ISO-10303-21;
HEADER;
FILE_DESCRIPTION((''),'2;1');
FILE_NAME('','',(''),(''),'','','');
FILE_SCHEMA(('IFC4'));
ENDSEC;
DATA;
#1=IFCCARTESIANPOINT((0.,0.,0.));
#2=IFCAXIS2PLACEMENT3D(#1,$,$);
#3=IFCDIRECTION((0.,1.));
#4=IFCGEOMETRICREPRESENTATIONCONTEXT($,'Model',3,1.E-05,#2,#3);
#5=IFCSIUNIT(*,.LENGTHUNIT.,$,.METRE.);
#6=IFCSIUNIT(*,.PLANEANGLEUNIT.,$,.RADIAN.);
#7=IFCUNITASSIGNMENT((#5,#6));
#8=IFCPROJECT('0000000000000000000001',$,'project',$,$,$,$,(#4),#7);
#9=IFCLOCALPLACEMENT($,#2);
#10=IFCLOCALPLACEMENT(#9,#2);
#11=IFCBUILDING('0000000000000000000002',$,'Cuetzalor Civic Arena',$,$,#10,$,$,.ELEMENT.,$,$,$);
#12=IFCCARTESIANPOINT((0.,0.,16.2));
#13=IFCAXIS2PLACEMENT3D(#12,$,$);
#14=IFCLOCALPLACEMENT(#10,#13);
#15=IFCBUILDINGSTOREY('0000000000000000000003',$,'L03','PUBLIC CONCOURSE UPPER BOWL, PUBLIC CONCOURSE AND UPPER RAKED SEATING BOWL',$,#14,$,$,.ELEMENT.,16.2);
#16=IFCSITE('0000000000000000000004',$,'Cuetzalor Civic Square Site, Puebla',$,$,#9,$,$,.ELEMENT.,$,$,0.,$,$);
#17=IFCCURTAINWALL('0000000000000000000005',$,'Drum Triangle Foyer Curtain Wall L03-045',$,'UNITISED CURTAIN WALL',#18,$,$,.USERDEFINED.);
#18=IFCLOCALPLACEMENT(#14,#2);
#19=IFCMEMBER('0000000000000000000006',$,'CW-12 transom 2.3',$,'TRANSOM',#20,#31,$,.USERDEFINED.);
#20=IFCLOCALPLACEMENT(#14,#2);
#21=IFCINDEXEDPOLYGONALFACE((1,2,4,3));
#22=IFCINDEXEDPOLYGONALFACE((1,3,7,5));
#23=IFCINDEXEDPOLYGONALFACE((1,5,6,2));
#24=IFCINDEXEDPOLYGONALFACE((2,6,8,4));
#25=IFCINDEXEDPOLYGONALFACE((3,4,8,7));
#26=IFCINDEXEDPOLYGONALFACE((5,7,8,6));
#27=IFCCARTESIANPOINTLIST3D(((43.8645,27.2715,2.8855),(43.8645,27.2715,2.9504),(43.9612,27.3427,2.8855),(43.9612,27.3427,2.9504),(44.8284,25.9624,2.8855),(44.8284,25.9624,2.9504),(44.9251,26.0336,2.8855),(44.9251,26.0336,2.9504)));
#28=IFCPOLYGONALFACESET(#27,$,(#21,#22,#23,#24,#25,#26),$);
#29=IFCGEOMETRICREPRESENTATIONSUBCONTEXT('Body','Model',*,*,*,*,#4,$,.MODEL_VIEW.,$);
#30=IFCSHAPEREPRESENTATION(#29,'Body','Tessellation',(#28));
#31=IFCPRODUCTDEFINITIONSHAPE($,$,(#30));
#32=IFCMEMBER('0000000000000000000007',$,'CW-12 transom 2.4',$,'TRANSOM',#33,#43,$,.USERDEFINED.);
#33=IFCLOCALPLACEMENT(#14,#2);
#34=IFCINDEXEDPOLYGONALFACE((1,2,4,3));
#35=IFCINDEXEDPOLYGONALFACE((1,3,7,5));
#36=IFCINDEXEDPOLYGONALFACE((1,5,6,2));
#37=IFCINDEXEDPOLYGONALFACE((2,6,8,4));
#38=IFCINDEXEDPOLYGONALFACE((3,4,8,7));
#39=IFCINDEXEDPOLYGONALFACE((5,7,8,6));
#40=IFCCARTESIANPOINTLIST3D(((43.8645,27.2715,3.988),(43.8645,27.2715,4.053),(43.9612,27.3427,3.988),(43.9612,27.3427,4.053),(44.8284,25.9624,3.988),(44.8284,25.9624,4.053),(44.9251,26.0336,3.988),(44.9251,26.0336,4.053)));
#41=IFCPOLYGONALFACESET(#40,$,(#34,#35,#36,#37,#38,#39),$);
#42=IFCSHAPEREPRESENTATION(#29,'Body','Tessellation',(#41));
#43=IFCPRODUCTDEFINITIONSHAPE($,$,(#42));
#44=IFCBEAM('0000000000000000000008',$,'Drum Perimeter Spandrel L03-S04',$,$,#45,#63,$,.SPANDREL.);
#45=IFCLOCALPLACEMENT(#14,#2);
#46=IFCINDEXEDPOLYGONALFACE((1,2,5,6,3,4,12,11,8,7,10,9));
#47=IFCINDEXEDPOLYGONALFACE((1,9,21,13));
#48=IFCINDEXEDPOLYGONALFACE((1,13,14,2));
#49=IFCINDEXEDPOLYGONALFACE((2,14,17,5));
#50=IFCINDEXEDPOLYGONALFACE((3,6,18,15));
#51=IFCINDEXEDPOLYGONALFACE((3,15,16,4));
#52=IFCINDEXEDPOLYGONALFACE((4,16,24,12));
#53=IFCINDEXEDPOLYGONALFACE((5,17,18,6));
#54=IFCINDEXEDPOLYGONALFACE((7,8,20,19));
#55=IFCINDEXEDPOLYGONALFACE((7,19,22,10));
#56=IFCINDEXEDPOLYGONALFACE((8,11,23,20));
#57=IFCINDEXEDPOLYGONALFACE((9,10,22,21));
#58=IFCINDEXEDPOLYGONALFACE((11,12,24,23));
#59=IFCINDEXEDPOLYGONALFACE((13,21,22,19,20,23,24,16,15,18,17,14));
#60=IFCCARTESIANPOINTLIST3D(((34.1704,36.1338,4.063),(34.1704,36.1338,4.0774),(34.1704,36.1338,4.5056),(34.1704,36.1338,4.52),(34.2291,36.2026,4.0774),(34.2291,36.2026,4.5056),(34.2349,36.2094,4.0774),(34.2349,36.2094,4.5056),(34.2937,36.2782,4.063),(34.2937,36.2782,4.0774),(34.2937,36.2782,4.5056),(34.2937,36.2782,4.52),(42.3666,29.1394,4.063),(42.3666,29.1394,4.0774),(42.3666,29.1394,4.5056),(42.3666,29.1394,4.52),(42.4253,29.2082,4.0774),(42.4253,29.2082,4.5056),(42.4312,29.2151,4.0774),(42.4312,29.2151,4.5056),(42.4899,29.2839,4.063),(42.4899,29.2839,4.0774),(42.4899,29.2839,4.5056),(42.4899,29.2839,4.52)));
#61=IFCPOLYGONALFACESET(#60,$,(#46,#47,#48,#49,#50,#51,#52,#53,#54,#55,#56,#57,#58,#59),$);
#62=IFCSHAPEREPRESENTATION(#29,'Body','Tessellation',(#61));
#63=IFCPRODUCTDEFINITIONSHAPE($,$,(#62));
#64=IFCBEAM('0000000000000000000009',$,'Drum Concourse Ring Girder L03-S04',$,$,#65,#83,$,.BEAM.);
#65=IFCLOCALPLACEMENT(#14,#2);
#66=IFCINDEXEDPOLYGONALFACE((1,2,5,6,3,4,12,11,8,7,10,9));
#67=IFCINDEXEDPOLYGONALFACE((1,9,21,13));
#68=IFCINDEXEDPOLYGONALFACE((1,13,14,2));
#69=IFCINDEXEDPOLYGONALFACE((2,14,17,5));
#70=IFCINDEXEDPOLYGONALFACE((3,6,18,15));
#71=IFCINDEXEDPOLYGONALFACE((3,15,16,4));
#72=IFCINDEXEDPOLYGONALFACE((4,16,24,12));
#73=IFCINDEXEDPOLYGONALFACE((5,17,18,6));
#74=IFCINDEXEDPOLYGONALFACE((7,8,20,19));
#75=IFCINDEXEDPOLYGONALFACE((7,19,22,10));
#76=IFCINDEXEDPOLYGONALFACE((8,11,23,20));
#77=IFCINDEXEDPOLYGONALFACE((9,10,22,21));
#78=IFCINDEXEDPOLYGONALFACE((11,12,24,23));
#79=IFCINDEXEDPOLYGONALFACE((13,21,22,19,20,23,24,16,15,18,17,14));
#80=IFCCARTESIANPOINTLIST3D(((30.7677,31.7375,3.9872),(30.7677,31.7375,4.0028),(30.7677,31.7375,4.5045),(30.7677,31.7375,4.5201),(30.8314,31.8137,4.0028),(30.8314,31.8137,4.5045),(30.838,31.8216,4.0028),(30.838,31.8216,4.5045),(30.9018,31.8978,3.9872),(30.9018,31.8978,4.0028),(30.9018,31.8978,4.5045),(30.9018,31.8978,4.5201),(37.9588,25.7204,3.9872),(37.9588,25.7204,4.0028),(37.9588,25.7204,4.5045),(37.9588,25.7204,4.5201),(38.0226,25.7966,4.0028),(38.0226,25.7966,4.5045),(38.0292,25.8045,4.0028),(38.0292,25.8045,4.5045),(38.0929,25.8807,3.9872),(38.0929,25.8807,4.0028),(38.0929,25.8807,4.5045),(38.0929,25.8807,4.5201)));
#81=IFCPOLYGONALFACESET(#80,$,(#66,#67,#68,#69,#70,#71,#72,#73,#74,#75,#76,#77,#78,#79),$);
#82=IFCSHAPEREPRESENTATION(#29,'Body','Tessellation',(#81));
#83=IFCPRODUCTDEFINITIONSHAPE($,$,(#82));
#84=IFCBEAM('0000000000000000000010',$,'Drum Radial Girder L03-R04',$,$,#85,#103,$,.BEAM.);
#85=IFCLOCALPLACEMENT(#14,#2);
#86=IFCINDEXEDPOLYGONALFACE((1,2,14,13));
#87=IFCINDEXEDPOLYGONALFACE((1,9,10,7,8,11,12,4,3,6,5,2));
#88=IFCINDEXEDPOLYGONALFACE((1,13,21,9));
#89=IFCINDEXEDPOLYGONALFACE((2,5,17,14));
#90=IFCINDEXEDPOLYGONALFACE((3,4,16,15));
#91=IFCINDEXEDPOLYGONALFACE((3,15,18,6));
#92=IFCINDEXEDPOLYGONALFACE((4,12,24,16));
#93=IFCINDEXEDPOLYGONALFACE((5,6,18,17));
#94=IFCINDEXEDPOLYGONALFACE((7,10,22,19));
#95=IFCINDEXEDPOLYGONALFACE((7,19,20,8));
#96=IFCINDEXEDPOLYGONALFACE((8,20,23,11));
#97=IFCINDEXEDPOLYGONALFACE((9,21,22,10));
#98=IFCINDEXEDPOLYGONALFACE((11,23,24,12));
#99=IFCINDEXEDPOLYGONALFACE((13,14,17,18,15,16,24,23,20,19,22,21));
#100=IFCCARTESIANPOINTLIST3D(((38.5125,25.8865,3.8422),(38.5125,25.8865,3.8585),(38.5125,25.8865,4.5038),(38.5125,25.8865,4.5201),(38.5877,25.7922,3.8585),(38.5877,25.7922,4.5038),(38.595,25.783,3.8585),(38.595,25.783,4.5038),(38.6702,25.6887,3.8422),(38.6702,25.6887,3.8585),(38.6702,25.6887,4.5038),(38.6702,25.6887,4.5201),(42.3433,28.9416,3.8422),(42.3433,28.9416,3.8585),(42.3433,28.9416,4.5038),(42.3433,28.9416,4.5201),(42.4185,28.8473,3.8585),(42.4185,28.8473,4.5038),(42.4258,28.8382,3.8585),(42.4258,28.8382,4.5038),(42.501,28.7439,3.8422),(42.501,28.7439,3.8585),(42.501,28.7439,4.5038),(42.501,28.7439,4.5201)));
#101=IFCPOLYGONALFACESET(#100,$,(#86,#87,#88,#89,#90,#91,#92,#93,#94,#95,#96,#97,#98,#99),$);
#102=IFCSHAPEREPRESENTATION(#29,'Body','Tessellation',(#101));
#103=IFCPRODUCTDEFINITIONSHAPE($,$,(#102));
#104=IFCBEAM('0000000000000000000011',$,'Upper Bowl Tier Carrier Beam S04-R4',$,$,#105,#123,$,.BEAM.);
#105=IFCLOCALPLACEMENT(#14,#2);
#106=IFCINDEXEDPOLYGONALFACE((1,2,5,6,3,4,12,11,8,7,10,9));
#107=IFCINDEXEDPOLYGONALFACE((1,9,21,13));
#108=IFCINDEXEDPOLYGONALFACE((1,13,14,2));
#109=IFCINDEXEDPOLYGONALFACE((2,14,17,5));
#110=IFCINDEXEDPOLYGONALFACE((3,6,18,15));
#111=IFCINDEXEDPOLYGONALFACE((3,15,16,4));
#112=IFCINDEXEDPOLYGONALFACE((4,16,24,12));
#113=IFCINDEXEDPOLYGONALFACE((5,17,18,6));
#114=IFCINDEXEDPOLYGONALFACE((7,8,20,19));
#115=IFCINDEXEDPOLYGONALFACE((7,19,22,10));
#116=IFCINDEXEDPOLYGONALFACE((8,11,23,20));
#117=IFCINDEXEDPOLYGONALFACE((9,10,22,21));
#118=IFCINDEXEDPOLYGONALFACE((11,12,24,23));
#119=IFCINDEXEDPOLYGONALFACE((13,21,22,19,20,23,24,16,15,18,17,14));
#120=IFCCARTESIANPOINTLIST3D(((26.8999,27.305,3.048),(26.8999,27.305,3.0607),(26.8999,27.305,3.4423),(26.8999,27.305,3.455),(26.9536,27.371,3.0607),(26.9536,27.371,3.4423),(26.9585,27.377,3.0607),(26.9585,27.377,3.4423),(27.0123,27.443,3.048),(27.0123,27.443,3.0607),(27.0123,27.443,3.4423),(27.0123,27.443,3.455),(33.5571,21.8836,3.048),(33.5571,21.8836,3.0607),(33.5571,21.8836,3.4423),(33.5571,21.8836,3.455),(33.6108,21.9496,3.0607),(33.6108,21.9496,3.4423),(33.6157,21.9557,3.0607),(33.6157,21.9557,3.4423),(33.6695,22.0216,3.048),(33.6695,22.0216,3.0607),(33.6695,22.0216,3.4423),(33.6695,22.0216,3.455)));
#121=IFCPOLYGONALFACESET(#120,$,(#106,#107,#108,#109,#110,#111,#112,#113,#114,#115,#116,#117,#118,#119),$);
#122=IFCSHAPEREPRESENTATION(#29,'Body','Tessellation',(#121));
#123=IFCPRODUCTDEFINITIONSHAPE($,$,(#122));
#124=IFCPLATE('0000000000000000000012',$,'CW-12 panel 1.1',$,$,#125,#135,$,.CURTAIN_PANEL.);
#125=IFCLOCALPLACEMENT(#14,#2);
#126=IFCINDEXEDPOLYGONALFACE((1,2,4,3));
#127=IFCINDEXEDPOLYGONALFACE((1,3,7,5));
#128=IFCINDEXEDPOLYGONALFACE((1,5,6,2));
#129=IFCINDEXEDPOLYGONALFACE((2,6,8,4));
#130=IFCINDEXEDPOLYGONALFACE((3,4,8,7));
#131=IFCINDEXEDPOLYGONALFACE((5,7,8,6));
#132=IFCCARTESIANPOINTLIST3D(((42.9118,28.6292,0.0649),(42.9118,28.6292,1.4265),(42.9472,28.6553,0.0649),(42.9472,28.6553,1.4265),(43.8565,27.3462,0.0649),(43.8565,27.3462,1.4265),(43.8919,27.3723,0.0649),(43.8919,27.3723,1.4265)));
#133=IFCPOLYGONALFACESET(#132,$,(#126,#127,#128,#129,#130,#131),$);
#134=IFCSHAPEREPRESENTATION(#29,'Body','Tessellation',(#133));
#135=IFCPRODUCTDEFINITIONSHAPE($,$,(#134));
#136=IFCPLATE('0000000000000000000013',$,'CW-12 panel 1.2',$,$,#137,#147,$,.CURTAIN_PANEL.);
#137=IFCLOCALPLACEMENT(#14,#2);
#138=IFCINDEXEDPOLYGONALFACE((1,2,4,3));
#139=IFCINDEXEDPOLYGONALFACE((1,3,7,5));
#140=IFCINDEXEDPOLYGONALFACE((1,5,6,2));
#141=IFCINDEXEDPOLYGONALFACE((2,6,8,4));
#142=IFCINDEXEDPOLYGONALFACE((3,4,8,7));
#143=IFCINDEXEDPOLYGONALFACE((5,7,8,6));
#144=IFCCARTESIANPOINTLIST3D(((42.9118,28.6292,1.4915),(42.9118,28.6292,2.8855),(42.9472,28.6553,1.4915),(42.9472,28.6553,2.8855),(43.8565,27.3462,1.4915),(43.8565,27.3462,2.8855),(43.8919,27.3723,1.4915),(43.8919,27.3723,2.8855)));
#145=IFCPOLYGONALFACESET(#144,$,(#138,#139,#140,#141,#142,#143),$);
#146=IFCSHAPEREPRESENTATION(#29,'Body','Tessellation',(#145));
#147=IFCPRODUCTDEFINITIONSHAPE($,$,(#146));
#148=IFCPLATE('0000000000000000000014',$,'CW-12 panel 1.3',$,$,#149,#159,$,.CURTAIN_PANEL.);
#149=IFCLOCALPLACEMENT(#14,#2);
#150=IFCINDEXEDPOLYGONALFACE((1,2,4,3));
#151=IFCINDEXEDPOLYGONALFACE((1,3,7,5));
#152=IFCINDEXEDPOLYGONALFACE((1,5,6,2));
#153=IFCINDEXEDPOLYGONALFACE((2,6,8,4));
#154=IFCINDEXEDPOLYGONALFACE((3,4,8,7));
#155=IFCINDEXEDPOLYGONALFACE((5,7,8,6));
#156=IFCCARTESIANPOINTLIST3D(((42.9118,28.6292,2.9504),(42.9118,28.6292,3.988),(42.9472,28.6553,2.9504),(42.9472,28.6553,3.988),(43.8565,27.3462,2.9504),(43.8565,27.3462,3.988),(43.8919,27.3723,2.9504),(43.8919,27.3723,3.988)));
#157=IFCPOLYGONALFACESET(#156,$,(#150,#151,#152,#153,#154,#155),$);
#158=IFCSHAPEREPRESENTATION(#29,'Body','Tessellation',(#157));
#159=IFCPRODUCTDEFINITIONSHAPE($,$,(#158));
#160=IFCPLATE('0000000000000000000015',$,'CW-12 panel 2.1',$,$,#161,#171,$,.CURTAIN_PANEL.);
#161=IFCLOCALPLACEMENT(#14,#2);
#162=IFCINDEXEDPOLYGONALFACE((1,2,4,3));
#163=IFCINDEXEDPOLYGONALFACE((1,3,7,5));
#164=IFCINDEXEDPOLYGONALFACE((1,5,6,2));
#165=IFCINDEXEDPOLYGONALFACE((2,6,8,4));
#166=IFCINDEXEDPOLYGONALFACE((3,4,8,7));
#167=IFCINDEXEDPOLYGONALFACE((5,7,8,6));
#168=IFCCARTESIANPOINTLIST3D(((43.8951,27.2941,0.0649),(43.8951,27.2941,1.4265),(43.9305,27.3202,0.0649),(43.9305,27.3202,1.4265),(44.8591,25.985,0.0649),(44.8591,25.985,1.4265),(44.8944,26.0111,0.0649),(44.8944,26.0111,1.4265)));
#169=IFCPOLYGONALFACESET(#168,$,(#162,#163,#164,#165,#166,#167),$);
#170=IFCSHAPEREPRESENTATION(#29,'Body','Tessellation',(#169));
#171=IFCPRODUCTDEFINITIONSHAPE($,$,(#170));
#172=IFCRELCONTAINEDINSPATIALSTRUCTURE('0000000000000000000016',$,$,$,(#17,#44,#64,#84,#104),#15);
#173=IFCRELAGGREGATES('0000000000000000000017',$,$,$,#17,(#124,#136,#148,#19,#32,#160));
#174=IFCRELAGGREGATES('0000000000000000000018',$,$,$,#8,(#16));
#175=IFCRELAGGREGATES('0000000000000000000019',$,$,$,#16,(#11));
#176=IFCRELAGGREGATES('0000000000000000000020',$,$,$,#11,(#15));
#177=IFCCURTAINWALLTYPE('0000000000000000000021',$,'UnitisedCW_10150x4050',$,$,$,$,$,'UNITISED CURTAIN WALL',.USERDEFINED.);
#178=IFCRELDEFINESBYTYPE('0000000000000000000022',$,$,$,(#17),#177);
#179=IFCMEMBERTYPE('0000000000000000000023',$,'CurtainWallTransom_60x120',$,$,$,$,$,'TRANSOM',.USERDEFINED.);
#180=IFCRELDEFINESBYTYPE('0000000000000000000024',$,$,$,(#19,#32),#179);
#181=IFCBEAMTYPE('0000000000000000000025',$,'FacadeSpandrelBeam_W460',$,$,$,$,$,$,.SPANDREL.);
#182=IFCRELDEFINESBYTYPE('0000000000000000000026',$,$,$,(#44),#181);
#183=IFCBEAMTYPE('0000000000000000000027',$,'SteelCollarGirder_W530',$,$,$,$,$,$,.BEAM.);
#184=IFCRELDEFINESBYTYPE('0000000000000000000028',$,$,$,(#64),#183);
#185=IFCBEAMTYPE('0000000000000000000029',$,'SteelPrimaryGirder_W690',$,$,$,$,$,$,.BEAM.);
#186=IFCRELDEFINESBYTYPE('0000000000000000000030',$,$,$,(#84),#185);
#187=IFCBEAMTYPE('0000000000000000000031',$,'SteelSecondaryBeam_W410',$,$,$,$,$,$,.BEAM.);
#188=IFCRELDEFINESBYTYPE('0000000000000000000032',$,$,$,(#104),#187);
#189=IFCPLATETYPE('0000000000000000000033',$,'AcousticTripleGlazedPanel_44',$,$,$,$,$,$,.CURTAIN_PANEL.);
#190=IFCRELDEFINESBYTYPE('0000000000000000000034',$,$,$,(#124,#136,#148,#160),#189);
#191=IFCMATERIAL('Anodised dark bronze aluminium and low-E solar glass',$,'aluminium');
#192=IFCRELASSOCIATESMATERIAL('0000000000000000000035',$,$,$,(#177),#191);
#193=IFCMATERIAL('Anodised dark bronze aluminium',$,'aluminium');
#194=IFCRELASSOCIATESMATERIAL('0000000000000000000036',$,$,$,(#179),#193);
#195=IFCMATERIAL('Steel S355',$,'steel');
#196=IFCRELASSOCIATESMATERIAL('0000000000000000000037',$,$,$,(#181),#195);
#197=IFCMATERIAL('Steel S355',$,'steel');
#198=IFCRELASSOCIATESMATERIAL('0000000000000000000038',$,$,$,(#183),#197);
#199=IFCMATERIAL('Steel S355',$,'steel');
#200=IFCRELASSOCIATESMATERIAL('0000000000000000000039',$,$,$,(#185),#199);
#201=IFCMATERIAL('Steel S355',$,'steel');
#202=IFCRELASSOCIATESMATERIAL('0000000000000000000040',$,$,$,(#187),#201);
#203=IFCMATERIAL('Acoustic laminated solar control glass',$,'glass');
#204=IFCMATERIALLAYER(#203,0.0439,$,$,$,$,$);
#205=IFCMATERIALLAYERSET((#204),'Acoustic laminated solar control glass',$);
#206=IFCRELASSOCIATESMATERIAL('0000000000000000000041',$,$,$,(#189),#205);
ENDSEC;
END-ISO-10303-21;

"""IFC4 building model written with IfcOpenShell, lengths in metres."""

from ifc_helpers import new_model, si_unit, direction, frame, origin, origin_2d, place, context, subcontext, project, spatial, rectangle, i_section, extrude, material, layer, layer_set, material_profile, profile_set, type_object, element, aggregate, save


model = new_model("IFC4")

# Units and contexts
model_context = context("Model", 3, precision=1e-05, world=origin(), true_north=direction((0.0, 1.0)))
body_context = subcontext(model_context, "Body", "Model", "MODEL_VIEW")
ifc_project = project(units=[si_unit("LENGTHUNIT", "METRE"), si_unit("PLANEANGLEUNIT", "RADIAN")], contexts=[model_context])

# Site, building, storey
site_placement = place(None, origin())
site = spatial("IfcSite", under=ifc_project, at=site_placement, Name="Cuetzalor Civic Square Site, Puebla", CompositionType="ELEMENT", RefElevation=0.0)
building_placement = place(site_placement, origin())
building = spatial("IfcBuilding", under=site, at=building_placement, Name="Cuetzalor Civic Arena", CompositionType="ELEMENT")
storey_placement = place(building_placement, frame((0.0, 0.0, 16.2)))
storey = spatial("IfcBuildingStorey", under=building, at=storey_placement, Name="L03", Description="PUBLIC CONCOURSE UPPER BOWL, PUBLIC CONCOURSE AND UPPER RAKED SEATING BOWL", CompositionType="ELEMENT", Elevation=16.2)

# Curtain wall, members
ifc_material_1 = material(Name="Anodised dark bronze aluminium and low-E solar glass", Category="aluminium")
curtain_wall_type = type_object("IfcCurtainWallType", Name="UnitisedCW_10150x4050", ElementType="UNITISED CURTAIN WALL", PredefinedType="USERDEFINED", material=ifc_material_1)
curtain_wall_placement = place(storey_placement, origin())
curtain_wall = element("IfcCurtainWall", 1, at=curtain_wall_placement, inside=storey, type_object=curtain_wall_type, Name="Drum Triangle Foyer Curtain Wall L03-045", ObjectType="UNITISED CURTAIN WALL", PredefinedType="USERDEFINED")
ifc_material_2 = material(Name="Anodised dark bronze aluminium", Category="aluminium")
ifc_material_profile_1 = material_profile(ifc_material_2, rectangle(XDim=0.1201, YDim=0.0649, at=origin_2d()), Name="ALU TRANSOM 65x120")
ifc_profile_set_1 = profile_set([ifc_material_profile_1], Name="Anodised dark bronze aluminium")
member_type_1 = type_object("IfcMemberType", Name="CurtainWallTransom_60x120", ElementType="TRANSOM", PredefinedType="USERDEFINED", material=ifc_profile_set_1)
member_1_placement = place(storey_placement, frame((43.9128, 27.3071, 2.918), z_axis=(0.592912, -0.805267, 0.0), x_axis=(0.805267, 0.592912, 0.0)))
member_1 = element("IfcMember", 2, at=member_1_placement, type_object=member_type_1, Name="CW-12 transom 2.3", ObjectType="TRANSOM", PredefinedType="USERDEFINED", context=body_context, shape_type="SweptSolid", body=[
    extrude(rectangle(XDim=0.1201, YDim=0.0649, at=origin_2d()), origin(), (0.0, 0.0, 1.0), 1.6257),
])
member_2_placement = place(storey_placement, frame((43.9128, 27.3071, 4.0205), z_axis=(0.592912, -0.805267, 0.0), x_axis=(0.805267, 0.592912, 0.0)))
member_2 = element("IfcMember", 3, at=member_2_placement, type_object=member_type_1, Name="CW-12 transom 2.4", ObjectType="TRANSOM", PredefinedType="USERDEFINED", context=body_context, shape_type="SweptSolid", body=[
    extrude(rectangle(XDim=0.1201, YDim=0.0649, at=origin_2d()), origin(), (0.0, 0.0, 1.0), 1.6257),
])

# Beams
ifc_material_3 = material(Name="Steel S355", Category="steel")
ifc_material_profile_2 = material_profile(ifc_material_3, i_section(OverallWidth=0.1899, OverallDepth=0.457, WebThickness=0.009, FlangeThickness=0.0144, at=origin_2d()), Name="W460x74")
ifc_profile_set_2 = profile_set([ifc_material_profile_2], Name="Steel S355")
beam_type_1 = type_object("IfcBeamType", Name="FacadeSpandrelBeam_W460", PredefinedType="SPANDREL", material=ifc_profile_set_2)
beam_1_placement = place(storey_placement, frame((42.4282, 29.2117, 4.2915), z_axis=(-0.760677, 0.649131, 0.0), x_axis=(-0.649131, -0.760677, 0.0)))
element("IfcBeam", 4, at=beam_1_placement, inside=storey, type_object=beam_type_1, Name="Drum Perimeter Spandrel L03-S04", PredefinedType="SPANDREL", context=body_context, shape_type="SweptSolid", body=[
    extrude(i_section(OverallWidth=0.1899, OverallDepth=0.457, WebThickness=0.009, FlangeThickness=0.0144, at=origin_2d()), origin(), (0.0, 0.0, 1.0), 10.7749),
])
ifc_material_4 = material(Name="Steel S355", Category="steel")
ifc_material_profile_3 = material_profile(ifc_material_4, i_section(OverallWidth=0.209, OverallDepth=0.533, WebThickness=0.0103, FlangeThickness=0.0156, at=origin_2d()), Name="W530x92")
ifc_profile_set_3 = profile_set([ifc_material_profile_3], Name="Steel S355")
beam_type_2 = type_object("IfcBeamType", Name="SteelCollarGirder_W530", PredefinedType="BEAM", material=ifc_profile_set_3)
beam_2_placement = place(storey_placement, frame((38.0259, 25.8005, 4.2537), z_axis=(-0.766937, 0.641722, 0.0), x_axis=(-0.641722, -0.766937, 0.0)))
element("IfcBeam", 5, at=beam_2_placement, inside=storey, type_object=beam_type_2, Name="Drum Concourse Ring Girder L03-S04", PredefinedType="BEAM", context=body_context, shape_type="SweptSolid", body=[
    extrude(i_section(OverallWidth=0.209, OverallDepth=0.533, WebThickness=0.0103, FlangeThickness=0.0156, at=origin_2d()), origin(), (0.0, 0.0, 1.0), 9.3765),
])
ifc_material_5 = material(Name="Steel S355", Category="steel")
ifc_material_profile_4 = material_profile(ifc_material_5, i_section(OverallWidth=0.2529, OverallDepth=0.678, WebThickness=0.0117, FlangeThickness=0.0164, at=origin_2d()), Name="W690x125")
ifc_profile_set_4 = profile_set([ifc_material_profile_4], Name="Steel S355")
beam_type_3 = type_object("IfcBeamType", Name="SteelPrimaryGirder_W690", PredefinedType="BEAM", material=ifc_profile_set_4)
beam_3_placement = place(storey_placement, frame((38.5913, 25.7876, 4.1812), z_axis=(0.781811, 0.623516, 0.0), x_axis=(-0.623516, 0.781811, 0.0)))
element("IfcBeam", 6, at=beam_3_placement, inside=storey, type_object=beam_type_3, Name="Drum Radial Girder L03-R04", PredefinedType="BEAM", context=body_context, shape_type="SweptSolid", body=[
    extrude(i_section(OverallWidth=0.2529, OverallDepth=0.678, WebThickness=0.0117, FlangeThickness=0.0164, at=origin_2d()), origin(), (0.0, 0.0, 1.0), 4.8999),
])
ifc_material_6 = material(Name="Steel S355", Category="steel")
ifc_material_profile_5 = material_profile(ifc_material_6, i_section(OverallWidth=0.178, OverallDepth=0.407, WebThickness=0.0078, FlangeThickness=0.0127, at=origin_2d()), Name="W410x60")
ifc_profile_set_5 = profile_set([ifc_material_profile_5], Name="Steel S355")
beam_type_4 = type_object("IfcBeamType", Name="SteelSecondaryBeam_W410", PredefinedType="BEAM", material=ifc_profile_set_5)
beam_4_placement = place(storey_placement, frame((33.6133, 21.9526, 3.2515), z_axis=(-0.775407, 0.631462, 0.0), x_axis=(-0.631462, -0.775407, 0.0)))
element("IfcBeam", 7, at=beam_4_placement, inside=storey, type_object=beam_type_4, Name="Upper Bowl Tier Carrier Beam S04-R4", PredefinedType="BEAM", context=body_context, shape_type="SweptSolid", body=[
    extrude(i_section(OverallWidth=0.178, OverallDepth=0.407, WebThickness=0.0078, FlangeThickness=0.0127, at=origin_2d()), origin(), (0.0, 0.0, 1.0), 8.5854),
])

# Plates
ifc_material_7 = material(Name="Acoustic laminated solar control glass", Category="glass")
ifc_layer_1 = layer(ifc_material_7, 0.0439)
ifc_layer_set_1 = layer_set([ifc_layer_1], Name="Acoustic laminated solar control glass")
plate_type = type_object("IfcPlateType", Name="AcousticTripleGlazedPanel_44", PredefinedType="CURTAIN_PANEL", material=ifc_layer_set_1)
plate_1_placement = place(storey_placement, frame((43.4019, 28.0007, 0.0649), z_axis=(0.0, 0.0, 1.0), x_axis=(0.592929, -0.805255, 0.0)))
plate_1 = element("IfcPlate", 8, at=plate_1_placement, type_object=plate_type, Name="CW-12 panel 1.1", PredefinedType="CURTAIN_PANEL", context=body_context, shape_type="SweptSolid", body=[
    extrude(rectangle(XDim=1.5933, YDim=0.0439, at=origin_2d()), origin(), (0.0, 0.0, 1.0), 1.3616),
])
plate_2_placement = place(storey_placement, frame((43.4019, 28.0007, 1.4915), z_axis=(0.0, 0.0, 1.0), x_axis=(0.592929, -0.805255, 0.0)))
plate_2 = element("IfcPlate", 9, at=plate_2_placement, type_object=plate_type, Name="CW-12 panel 1.2", PredefinedType="CURTAIN_PANEL", context=body_context, shape_type="SweptSolid", body=[
    extrude(rectangle(XDim=1.5933, YDim=0.0439, at=origin_2d()), origin(), (0.0, 0.0, 1.0), 1.394),
])
plate_3_placement = place(storey_placement, frame((43.4019, 28.0007, 2.9504), z_axis=(0.0, 0.0, 1.0), x_axis=(0.592929, -0.805255, 0.0)))
plate_3 = element("IfcPlate", 10, at=plate_3_placement, type_object=plate_type, Name="CW-12 panel 1.3", PredefinedType="CURTAIN_PANEL", context=body_context, shape_type="SweptSolid", body=[
    extrude(rectangle(XDim=1.5933, YDim=0.0439, at=origin_2d()), origin(), (0.0, 0.0, 1.0), 1.0376),
])
plate_4_placement = place(storey_placement, frame((44.3948, 26.6526, 0.0649), z_axis=(0.0, 0.0, 1.0), x_axis=(0.592929, -0.805255, 0.0)))
plate_4 = element("IfcPlate", 11, at=plate_4_placement, type_object=plate_type, Name="CW-12 panel 2.1", PredefinedType="CURTAIN_PANEL", context=body_context, shape_type="SweptSolid", body=[
    extrude(rectangle(XDim=1.6257, YDim=0.0439, at=origin_2d()), origin(), (0.0, 0.0, 1.0), 1.3616),
])
aggregate(curtain_wall, [plate_1, plate_2, plate_3, member_1, member_2, plate_4])

save(model, "model.ifc")
